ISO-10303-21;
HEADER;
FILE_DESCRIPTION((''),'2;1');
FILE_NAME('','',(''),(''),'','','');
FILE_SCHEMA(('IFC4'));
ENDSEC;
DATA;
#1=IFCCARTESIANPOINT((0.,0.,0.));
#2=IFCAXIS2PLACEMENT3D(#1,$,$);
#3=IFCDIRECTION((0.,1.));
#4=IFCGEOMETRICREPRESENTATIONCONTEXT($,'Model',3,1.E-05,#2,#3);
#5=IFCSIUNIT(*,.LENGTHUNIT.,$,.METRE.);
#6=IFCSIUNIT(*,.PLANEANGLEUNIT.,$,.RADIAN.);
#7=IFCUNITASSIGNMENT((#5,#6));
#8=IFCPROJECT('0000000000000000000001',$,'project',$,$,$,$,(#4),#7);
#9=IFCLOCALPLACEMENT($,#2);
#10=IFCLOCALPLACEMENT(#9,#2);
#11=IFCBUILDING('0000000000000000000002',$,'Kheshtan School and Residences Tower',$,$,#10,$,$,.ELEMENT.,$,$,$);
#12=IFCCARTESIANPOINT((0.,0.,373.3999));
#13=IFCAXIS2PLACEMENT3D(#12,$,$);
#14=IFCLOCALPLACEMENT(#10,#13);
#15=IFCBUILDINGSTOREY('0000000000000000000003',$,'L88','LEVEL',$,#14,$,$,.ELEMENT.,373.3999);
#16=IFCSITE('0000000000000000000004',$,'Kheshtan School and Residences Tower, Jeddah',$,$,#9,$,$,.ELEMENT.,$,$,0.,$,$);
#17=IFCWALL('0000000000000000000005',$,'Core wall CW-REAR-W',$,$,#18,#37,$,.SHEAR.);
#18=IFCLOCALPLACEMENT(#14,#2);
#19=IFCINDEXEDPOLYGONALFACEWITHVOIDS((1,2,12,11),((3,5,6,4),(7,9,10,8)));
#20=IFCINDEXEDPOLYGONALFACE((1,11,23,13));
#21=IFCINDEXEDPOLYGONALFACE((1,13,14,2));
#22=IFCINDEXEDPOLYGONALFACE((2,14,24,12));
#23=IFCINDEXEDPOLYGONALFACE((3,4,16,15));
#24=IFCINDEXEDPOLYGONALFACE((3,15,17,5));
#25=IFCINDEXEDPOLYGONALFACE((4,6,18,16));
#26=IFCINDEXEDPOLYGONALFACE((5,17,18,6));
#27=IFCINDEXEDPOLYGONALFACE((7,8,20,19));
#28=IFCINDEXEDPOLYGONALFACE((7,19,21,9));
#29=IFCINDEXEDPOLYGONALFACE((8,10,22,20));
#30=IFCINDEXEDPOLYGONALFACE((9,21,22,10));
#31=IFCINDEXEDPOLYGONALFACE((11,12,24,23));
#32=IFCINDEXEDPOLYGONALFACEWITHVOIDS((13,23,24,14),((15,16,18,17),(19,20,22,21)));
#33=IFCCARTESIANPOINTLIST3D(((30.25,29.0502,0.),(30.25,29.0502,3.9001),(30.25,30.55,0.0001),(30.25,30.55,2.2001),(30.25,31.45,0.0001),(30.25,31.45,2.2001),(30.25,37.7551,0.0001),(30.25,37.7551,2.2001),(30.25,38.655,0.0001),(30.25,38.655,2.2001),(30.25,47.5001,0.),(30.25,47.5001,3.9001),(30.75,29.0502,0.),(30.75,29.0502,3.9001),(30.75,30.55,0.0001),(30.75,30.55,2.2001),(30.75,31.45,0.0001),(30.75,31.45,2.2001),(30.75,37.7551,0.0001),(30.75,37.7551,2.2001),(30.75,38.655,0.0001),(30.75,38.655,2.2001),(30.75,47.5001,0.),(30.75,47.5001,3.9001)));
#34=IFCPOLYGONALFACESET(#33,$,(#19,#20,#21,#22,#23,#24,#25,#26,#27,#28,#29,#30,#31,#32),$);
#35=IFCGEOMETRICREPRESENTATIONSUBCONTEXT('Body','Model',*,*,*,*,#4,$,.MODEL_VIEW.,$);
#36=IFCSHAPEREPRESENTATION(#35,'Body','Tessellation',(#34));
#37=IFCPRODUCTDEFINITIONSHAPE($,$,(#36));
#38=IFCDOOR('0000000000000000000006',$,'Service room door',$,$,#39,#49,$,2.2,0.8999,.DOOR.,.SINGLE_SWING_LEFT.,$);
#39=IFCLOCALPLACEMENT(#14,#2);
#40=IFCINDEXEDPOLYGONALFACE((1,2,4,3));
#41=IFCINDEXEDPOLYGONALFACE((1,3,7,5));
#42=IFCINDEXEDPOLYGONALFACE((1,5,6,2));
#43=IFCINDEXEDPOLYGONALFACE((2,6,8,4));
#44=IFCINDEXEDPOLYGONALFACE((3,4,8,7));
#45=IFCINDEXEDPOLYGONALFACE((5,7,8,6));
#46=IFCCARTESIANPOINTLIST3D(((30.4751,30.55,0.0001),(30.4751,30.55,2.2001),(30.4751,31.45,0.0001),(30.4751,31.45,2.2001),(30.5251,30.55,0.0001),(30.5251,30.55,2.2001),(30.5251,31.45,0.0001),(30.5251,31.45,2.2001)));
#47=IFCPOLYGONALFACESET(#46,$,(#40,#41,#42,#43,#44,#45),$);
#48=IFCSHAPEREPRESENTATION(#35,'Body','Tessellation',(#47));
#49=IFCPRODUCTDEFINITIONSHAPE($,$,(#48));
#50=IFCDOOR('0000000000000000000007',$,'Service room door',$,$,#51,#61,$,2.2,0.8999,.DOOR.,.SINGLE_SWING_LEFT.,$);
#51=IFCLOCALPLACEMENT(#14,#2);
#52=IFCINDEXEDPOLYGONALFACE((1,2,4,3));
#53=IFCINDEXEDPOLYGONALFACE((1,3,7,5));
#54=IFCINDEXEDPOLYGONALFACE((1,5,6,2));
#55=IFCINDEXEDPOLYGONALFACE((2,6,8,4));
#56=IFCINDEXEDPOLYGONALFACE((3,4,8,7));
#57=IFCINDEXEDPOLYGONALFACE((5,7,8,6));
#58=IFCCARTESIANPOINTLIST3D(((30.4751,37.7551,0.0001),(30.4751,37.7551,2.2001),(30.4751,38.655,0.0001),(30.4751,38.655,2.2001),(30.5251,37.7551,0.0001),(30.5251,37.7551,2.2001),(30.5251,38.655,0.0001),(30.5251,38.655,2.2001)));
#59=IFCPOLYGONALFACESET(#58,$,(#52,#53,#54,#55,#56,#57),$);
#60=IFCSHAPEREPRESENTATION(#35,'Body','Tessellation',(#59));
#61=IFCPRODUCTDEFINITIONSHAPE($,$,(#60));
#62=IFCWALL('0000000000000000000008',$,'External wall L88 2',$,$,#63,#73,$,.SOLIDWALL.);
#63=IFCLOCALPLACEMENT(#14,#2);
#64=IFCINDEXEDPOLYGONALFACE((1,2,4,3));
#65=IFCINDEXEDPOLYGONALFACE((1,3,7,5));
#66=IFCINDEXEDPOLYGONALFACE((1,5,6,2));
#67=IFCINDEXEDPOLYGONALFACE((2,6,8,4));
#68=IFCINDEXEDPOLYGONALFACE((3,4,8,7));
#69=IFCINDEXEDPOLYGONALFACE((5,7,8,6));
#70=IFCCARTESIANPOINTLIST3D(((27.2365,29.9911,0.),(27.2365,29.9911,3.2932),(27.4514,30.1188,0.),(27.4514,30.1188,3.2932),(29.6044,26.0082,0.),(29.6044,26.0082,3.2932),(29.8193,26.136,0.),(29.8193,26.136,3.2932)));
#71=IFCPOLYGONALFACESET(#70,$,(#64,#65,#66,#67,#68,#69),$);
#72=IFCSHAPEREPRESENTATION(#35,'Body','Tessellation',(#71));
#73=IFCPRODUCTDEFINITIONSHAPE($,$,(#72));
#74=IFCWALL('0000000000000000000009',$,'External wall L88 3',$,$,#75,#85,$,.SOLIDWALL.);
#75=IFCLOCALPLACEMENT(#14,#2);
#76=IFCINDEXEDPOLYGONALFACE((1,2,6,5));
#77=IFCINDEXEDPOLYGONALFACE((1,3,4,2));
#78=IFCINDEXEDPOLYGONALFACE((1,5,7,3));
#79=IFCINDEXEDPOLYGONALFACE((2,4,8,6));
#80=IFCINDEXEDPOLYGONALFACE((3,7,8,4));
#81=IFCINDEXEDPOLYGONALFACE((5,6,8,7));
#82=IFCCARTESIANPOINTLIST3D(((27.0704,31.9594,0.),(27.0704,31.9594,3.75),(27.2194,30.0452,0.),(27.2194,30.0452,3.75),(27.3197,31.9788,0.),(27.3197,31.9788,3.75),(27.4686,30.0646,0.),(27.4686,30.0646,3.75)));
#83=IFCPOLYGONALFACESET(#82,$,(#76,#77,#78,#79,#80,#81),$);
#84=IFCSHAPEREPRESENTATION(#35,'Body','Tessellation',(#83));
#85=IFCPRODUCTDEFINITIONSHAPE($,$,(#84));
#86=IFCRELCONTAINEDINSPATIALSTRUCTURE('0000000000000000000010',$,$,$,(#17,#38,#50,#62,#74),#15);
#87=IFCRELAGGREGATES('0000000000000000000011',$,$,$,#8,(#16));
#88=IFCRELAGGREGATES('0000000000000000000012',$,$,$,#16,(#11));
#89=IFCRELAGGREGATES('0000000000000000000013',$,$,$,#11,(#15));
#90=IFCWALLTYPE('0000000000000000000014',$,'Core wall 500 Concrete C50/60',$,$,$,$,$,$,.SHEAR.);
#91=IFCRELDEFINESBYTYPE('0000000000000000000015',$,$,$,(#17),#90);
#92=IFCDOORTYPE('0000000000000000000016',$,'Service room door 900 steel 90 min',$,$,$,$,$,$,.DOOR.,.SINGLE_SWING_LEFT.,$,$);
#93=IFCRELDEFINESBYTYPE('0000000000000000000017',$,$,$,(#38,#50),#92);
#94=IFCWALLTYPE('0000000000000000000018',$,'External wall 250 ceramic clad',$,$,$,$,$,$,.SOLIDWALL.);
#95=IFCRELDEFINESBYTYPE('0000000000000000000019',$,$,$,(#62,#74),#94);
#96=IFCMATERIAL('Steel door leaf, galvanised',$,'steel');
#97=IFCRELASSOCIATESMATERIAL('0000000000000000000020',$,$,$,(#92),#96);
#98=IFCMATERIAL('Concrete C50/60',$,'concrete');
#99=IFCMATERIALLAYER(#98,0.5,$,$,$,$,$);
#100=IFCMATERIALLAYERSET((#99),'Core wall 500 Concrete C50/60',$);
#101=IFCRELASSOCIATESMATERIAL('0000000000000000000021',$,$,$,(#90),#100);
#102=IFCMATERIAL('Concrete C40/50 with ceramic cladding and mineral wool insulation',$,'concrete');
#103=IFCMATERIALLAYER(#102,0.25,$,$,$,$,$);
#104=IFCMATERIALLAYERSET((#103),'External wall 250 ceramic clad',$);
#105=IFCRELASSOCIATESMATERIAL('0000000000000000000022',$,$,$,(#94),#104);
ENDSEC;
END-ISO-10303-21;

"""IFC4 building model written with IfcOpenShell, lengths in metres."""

from ifc_helpers import new_model, si_unit, direction, frame, frame_2d, origin, place, context, subcontext, project, spatial, rectangle, extrude, source, transform, mapped, material, layer, layer_set, type_object, element, fill, save


model = new_model("IFC4")

# Units and contexts
model_context = context("Model", 3, precision=1e-05, world=origin(), true_north=direction((0.0, 1.0)))
body_context = subcontext(model_context, "Body", "Model", "MODEL_VIEW")
ifc_project = project(units=[si_unit("LENGTHUNIT", "METRE"), si_unit("PLANEANGLEUNIT", "RADIAN")], contexts=[model_context])

# Site, building, storey
site_placement = place(None, origin())
site = spatial("IfcSite", under=ifc_project, at=site_placement, Name="Kheshtan School and Residences Tower, Jeddah", CompositionType="ELEMENT", RefElevation=0.0)
building_placement = place(site_placement, origin())
building = spatial("IfcBuilding", under=site, at=building_placement, Name="Kheshtan School and Residences Tower", CompositionType="ELEMENT")
storey_placement = place(building_placement, frame((0.0, 0.0, 373.3999)))
storey = spatial("IfcBuildingStorey", under=building, at=storey_placement, Name="L88", Description="LEVEL", CompositionType="ELEMENT", Elevation=373.3999)

# Shared definitions
ifc_material_1 = material(Name="Concrete C50/60", Category="concrete")
ifc_material_2 = material(Name="Steel door leaf, galvanised", Category="steel")
door_type_1 = type_object("IfcDoorType", Name="Service room door 900 steel 90 min", OperationType="SINGLE_SWING_LEFT", PredefinedType="DOOR", material=ifc_material_2)
shared_shape_1 = source(origin(), body_context, "Body", "SweptSolid", [
    extrude(rectangle(XDim=0.8999, YDim=2.2, at=frame_2d((0.45, 1.1001))), frame((0.0, 0.0249, 0.0), z_axis=(0.0, -1.0, 0.0), x_axis=(1.0, 0.0, 0.0)), (0.0, 0.0, 1.0), 0.05),
])

# Shared definitions
ifc_layer_1 = layer(ifc_material_1, 0.5)
ifc_layer_set_1 = layer_set([ifc_layer_1], Name="Core wall 500 Concrete C50/60")
wall_type_1 = type_object("IfcWallType", Name="Core wall 500 Concrete C50/60", PredefinedType="SHEAR", material=ifc_layer_set_1)

# Wall, openings, doors
wall_1_placement = place(storey_placement, frame((30.5, 29.05, 0.0), z_axis=(0.0, 0.0, 1.0), x_axis=(0.0, 1.0, 0.0)))
wall_1 = element("IfcWall", 1, at=wall_1_placement, inside=storey, type_object=wall_type_1, Name="Core wall CW-REAR-W", PredefinedType="SHEAR", context=body_context, shape_type="SweptSolid", body=[
    extrude(rectangle(XDim=18.45, YDim=0.5, at=frame_2d((9.2251, 0.0))), origin(), (0.0, 0.0, 1.0), 3.9001),
])
opening_1_placement = place(wall_1_placement, frame((1.5, 0.0, 0.0)))
opening_1 = element("IfcOpeningElement", 2, at=opening_1_placement, cuts=wall_1, PredefinedType="OPENING", context=body_context, shape_type="SweptSolid", body=[
    extrude(rectangle(XDim=0.8999, YDim=2.2, at=frame_2d((0.45, 1.1001))), frame((0.0, 0.26, 0.0), z_axis=(0.0, -1.0, 0.0), x_axis=(1.0, 0.0, 0.0)), (0.0, 0.0, 1.0), 0.52),
])
opening_2_placement = place(wall_1_placement, frame((8.7051, 0.0, 0.0)))
opening_2 = element("IfcOpeningElement", 3, at=opening_2_placement, cuts=wall_1, PredefinedType="OPENING", context=body_context, shape_type="SweptSolid", body=[
    extrude(rectangle(XDim=0.8999, YDim=2.2, at=frame_2d((0.45, 1.1001))), frame((0.0, 0.26, 0.0), z_axis=(0.0, -1.0, 0.0), x_axis=(1.0, 0.0, 0.0)), (0.0, 0.0, 1.0), 0.52),
])
door_1_placement = place(opening_1_placement, origin())
door_1 = element("IfcDoor", 4, at=door_1_placement, inside=storey, type_object=door_type_1, Name="Service room door", OperationType="SINGLE_SWING_LEFT", OverallHeight=2.2, OverallWidth=0.8999, PredefinedType="DOOR", context=body_context, shape_type="MappedRepresentation", body=[
    mapped(shared_shape_1, transform((0.0, 0.0, 0.0), x_axis=(1.0, 0.0, 0.0), y_axis=(0.0, 1.0, 0.0), z_axis=(0.0, 0.0, 1.0), scale=1.0)),
])
fill(opening_1, door_1)
door_2_placement = place(opening_2_placement, origin())
door_2 = element("IfcDoor", 5, at=door_2_placement, inside=storey, type_object=door_type_1, Name="Service room door", OperationType="SINGLE_SWING_LEFT", OverallHeight=2.2, OverallWidth=0.8999, PredefinedType="DOOR", context=body_context, shape_type="MappedRepresentation", body=[
    mapped(shared_shape_1, transform((0.0, 0.0, 0.0), x_axis=(1.0, 0.0, 0.0), y_axis=(0.0, 1.0, 0.0), z_axis=(0.0, 0.0, 1.0), scale=1.0)),
])
fill(opening_2, door_2)

# Walls
ifc_material_3 = material(Name="Concrete C40/50 with ceramic cladding and mineral wool insulation", Category="concrete")
ifc_layer_2 = layer(ifc_material_3, 0.25)
ifc_layer_set_2 = layer_set([ifc_layer_2], Name="External wall 250 ceramic clad")
wall_type_2 = type_object("IfcWallType", Name="External wall 250 ceramic clad", PredefinedType="SOLIDWALL", material=ifc_layer_set_2)
wall_2_placement = place(storey_placement, frame((29.7119, 26.072, 0.0), z_axis=(0.0, 0.0, 1.0), x_axis=(-0.511028, 0.859564, 0.0)))
element("IfcWall", 6, at=wall_2_placement, inside=storey, type_object=wall_type_2, Name="External wall L88 2", PredefinedType="SOLIDWALL", context=body_context, shape_type="SweptSolid", body=[
    extrude(rectangle(XDim=4.6335, YDim=0.25, at=frame_2d((2.3169, 0.0))), origin(), (0.0, 0.0, 1.0), 3.2932),
])
wall_3_placement = place(storey_placement, frame((27.344, 30.0549, 0.0), z_axis=(0.0, 0.0, 1.0), x_axis=(-0.077572, 0.996987, 0.0)))
element("IfcWall", 7, at=wall_3_placement, inside=storey, type_object=wall_type_2, Name="External wall L88 3", PredefinedType="SOLIDWALL", context=body_context, shape_type="SweptSolid", body=[
    extrude(rectangle(XDim=1.9199, YDim=0.25, at=frame_2d((0.96, 0.0))), origin(), (0.0, 0.0, 1.0), 3.75),
])

save(model, "model.ifc")
